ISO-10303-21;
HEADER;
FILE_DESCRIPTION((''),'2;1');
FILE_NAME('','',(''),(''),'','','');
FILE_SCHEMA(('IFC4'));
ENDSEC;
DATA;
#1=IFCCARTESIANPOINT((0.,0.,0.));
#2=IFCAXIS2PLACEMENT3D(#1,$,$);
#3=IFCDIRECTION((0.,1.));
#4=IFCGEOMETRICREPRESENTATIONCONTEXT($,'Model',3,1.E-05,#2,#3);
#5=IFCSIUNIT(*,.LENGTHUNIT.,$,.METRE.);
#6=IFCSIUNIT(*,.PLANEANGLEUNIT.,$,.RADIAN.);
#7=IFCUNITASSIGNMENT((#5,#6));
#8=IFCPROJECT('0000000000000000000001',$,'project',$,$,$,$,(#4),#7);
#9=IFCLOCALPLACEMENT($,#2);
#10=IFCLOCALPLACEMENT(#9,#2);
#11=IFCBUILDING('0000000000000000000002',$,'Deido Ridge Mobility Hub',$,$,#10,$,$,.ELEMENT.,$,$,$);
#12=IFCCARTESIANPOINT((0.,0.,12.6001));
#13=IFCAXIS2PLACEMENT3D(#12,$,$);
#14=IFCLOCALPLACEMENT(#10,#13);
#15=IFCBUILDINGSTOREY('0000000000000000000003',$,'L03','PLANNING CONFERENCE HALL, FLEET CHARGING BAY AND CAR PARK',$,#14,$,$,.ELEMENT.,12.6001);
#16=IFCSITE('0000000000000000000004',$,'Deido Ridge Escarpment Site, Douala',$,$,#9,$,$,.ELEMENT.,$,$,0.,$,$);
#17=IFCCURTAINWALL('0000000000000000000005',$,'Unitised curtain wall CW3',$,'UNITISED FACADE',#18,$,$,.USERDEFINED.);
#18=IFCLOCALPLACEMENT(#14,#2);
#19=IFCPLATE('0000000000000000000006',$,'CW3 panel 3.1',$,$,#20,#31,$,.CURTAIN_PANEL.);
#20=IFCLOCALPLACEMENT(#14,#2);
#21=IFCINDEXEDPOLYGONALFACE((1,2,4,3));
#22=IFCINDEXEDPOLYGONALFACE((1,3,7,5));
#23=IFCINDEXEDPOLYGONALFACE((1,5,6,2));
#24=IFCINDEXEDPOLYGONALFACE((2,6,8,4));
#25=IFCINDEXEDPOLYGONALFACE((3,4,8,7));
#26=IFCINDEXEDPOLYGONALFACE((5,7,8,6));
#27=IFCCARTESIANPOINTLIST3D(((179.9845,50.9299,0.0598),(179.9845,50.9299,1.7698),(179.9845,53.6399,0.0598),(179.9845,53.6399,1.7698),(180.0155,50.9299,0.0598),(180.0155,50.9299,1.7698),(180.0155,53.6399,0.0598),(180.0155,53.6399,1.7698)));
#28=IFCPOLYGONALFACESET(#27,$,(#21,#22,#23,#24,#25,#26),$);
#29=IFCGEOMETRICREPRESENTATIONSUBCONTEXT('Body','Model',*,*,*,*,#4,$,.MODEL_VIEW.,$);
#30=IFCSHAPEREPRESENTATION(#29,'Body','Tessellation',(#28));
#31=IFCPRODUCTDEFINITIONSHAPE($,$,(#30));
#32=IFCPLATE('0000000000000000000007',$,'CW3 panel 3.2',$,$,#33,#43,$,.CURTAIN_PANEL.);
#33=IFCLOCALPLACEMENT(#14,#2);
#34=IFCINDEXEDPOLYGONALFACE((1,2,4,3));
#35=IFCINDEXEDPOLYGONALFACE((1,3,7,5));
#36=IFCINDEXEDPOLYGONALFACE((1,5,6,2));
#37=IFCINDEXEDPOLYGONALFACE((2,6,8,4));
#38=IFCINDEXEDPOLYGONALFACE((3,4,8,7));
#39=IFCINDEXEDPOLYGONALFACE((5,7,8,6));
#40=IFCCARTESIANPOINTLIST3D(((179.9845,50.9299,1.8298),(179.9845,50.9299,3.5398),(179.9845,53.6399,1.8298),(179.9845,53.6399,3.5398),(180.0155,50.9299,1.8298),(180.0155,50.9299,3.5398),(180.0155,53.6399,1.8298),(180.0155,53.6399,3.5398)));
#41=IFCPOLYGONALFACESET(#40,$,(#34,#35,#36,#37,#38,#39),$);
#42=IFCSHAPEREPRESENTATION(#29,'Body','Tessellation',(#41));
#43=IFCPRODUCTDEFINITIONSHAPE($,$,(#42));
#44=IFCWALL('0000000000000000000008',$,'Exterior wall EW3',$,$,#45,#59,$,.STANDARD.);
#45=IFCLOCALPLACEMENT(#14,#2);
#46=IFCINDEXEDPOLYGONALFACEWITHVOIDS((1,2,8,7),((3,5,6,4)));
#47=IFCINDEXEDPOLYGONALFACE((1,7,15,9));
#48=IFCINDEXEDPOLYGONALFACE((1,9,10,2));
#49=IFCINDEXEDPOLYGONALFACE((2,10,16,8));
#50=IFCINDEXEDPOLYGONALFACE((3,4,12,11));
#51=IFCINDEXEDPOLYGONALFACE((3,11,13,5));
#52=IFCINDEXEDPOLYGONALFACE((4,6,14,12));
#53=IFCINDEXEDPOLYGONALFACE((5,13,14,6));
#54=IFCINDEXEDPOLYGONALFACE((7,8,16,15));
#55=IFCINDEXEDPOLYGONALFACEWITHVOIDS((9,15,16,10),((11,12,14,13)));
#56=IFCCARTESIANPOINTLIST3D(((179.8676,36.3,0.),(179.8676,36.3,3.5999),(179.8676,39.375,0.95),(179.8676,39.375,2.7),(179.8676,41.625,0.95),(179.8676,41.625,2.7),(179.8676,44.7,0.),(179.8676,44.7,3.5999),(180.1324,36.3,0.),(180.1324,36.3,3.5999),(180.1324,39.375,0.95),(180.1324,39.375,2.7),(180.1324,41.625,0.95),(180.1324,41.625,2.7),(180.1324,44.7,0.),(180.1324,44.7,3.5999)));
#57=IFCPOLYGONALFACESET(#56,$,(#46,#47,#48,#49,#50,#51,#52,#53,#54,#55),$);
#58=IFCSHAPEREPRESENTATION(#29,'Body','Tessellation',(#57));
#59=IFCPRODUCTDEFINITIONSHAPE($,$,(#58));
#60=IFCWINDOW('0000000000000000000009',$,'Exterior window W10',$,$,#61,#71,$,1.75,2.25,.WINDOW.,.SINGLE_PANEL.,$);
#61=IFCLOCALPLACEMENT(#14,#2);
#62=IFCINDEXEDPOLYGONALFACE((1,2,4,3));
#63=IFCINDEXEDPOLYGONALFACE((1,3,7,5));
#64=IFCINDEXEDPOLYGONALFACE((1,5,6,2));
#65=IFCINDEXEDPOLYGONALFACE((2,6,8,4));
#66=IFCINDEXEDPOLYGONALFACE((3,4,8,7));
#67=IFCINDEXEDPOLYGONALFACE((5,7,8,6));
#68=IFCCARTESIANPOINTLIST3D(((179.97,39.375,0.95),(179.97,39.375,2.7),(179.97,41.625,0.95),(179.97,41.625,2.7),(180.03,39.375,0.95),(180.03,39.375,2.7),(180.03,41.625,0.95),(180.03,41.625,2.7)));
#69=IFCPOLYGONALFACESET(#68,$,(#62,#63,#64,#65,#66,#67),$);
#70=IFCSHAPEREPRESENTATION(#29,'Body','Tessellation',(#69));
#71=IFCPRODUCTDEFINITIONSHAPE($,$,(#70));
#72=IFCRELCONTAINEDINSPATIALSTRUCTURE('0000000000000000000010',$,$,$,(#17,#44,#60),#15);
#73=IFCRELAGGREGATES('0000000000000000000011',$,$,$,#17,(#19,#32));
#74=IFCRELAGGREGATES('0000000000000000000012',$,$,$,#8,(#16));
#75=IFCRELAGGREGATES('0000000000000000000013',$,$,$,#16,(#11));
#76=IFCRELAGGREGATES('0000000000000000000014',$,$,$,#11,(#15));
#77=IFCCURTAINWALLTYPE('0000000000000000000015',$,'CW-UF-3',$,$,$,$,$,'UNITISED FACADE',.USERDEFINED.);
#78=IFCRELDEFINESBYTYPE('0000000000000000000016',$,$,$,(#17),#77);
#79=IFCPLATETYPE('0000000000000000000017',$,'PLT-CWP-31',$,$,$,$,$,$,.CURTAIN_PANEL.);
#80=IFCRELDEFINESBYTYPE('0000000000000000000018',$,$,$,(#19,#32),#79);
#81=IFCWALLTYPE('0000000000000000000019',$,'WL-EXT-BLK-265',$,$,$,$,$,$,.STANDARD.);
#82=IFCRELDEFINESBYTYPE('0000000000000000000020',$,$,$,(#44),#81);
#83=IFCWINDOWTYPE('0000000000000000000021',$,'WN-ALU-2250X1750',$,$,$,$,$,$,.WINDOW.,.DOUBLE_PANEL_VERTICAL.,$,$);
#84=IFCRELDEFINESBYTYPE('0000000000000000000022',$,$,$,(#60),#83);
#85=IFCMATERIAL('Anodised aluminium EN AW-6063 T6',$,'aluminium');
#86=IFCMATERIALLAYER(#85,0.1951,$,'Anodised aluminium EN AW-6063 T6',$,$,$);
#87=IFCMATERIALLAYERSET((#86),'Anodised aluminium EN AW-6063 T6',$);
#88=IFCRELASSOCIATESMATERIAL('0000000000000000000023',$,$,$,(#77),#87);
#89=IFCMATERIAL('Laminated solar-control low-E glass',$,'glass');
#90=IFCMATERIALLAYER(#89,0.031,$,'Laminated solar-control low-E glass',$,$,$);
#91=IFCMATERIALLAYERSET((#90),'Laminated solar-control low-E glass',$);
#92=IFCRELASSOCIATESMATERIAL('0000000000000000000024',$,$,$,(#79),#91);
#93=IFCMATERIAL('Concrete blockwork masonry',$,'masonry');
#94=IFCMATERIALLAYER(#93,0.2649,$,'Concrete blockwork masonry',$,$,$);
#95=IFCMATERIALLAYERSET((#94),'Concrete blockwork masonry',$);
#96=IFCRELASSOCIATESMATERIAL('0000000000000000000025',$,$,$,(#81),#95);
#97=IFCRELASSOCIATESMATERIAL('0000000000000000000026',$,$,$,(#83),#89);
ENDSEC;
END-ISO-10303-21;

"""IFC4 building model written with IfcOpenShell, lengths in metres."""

from ifc_helpers import new_model, si_unit, direction, frame, frame_2d, origin, origin_2d, place, context, subcontext, project, spatial, rectangle, extrude, material, layer, layer_set, type_object, element, fill, aggregate, save


model = new_model("IFC4")

# Units and contexts
model_context = context("Model", 3, precision=1e-05, world=origin(), true_north=direction((0.0, 1.0)))
body_context = subcontext(model_context, "Body", "Model", "MODEL_VIEW")
ifc_project = project(units=[si_unit("LENGTHUNIT", "METRE"), si_unit("PLANEANGLEUNIT", "RADIAN")], contexts=[model_context])

# Site, building, storey
site_placement = place(None, origin())
site = spatial("IfcSite", under=ifc_project, at=site_placement, Name="Deido Ridge Escarpment Site, Douala", CompositionType="ELEMENT", RefElevation=0.0)
building_placement = place(site_placement, origin())
building = spatial("IfcBuilding", under=site, at=building_placement, Name="Deido Ridge Mobility Hub", CompositionType="ELEMENT")
storey_placement = place(building_placement, frame((0.0, 0.0, 12.6001)))
storey = spatial("IfcBuildingStorey", under=building, at=storey_placement, Name="L03", Description="PLANNING CONFERENCE HALL, FLEET CHARGING BAY AND CAR PARK", CompositionType="ELEMENT", Elevation=12.6001)

# Curtain wall
ifc_material_1 = material(Name="Anodised aluminium EN AW-6063 T6", Category="aluminium")
ifc_layer_1 = layer(ifc_material_1, 0.1951, Name="Anodised aluminium EN AW-6063 T6")
ifc_layer_set_1 = layer_set([ifc_layer_1], Name="Anodised aluminium EN AW-6063 T6")
curtain_wall_type = type_object("IfcCurtainWallType", Name="CW-UF-3", ElementType="UNITISED FACADE", PredefinedType="USERDEFINED", material=ifc_layer_set_1)
curtain_wall_placement = place(storey_placement, origin())
curtain_wall = element("IfcCurtainWall", 1, at=curtain_wall_placement, inside=storey, type_object=curtain_wall_type, Name="Unitised curtain wall CW3", ObjectType="UNITISED FACADE", PredefinedType="USERDEFINED")

# Plates
ifc_material_2 = material(Name="Laminated solar-control low-E glass", Category="glass")
ifc_layer_2 = layer(ifc_material_2, 0.031, Name="Laminated solar-control low-E glass")
ifc_layer_set_2 = layer_set([ifc_layer_2], Name="Laminated solar-control low-E glass")
plate_type = type_object("IfcPlateType", Name="PLT-CWP-31", PredefinedType="CURTAIN_PANEL", material=ifc_layer_set_2)
plate_1_placement = place(storey_placement, frame((180.0, 52.2849, 0.0598), z_axis=(0.0, 0.0, 1.0), x_axis=(0.0, 1.0, 0.0)))
plate_1 = element("IfcPlate", 2, at=plate_1_placement, type_object=plate_type, Name="CW3 panel 3.1", PredefinedType="CURTAIN_PANEL", context=body_context, shape_type="SweptSolid", body=[
    extrude(rectangle(XDim=2.71, YDim=0.031, at=origin_2d()), origin(), (0.0, 0.0, 1.0), 1.71),
])
plate_2_placement = place(storey_placement, frame((180.0, 52.2849, 1.8298), z_axis=(0.0, 0.0, 1.0), x_axis=(0.0, 1.0, 0.0)))
plate_2 = element("IfcPlate", 3, at=plate_2_placement, type_object=plate_type, Name="CW3 panel 3.2", PredefinedType="CURTAIN_PANEL", context=body_context, shape_type="SweptSolid", body=[
    extrude(rectangle(XDim=2.71, YDim=0.031, at=origin_2d()), origin(), (0.0, 0.0, 1.0), 1.71),
])
aggregate(curtain_wall, [plate_1, plate_2])

# Wall, opening, window
ifc_material_3 = material(Name="Concrete blockwork masonry", Category="masonry")
ifc_layer_3 = layer(ifc_material_3, 0.2649, Name="Concrete blockwork masonry")
ifc_layer_set_3 = layer_set([ifc_layer_3], Name="Concrete blockwork masonry")
wall_type = type_object("IfcWallType", Name="WL-EXT-BLK-265", PredefinedType="STANDARD", material=ifc_layer_set_3)
wall_placement = place(storey_placement, frame((180.0, 36.3, 0.0), z_axis=(0.0, 0.0, 1.0), x_axis=(0.0, 1.0, 0.0)))
wall = element("IfcWall", 4, at=wall_placement, inside=storey, type_object=wall_type, Name="Exterior wall EW3", PredefinedType="STANDARD", context=body_context, shape_type="SweptSolid", body=[
    extrude(rectangle(XDim=8.3999, YDim=0.2649, at=frame_2d((4.2, 0.0))), origin(), (0.0, 0.0, 1.0), 3.5999),
])
opening_placement = place(wall_placement, frame((3.075, 0.0, 0.95)))
opening = element("IfcOpeningElement", 5, at=opening_placement, cuts=wall, PredefinedType="OPENING", context=body_context, shape_type="SweptSolid", body=[
    extrude(rectangle(XDim=2.25, YDim=1.75, at=frame_2d((1.125, 0.875))), frame((0.0, 0.1426, 0.0), z_axis=(0.0, -1.0, 0.0), x_axis=(1.0, 0.0, 0.0)), (0.0, 0.0, 1.0), 0.2849),
])
window_type = type_object("IfcWindowType", Name="WN-ALU-2250X1750", PartitioningType="DOUBLE_PANEL_VERTICAL", PredefinedType="WINDOW", material=ifc_material_2)
window_placement = place(opening_placement, origin())
window = element("IfcWindow", 6, at=window_placement, inside=storey, type_object=window_type, Name="Exterior window W10", OverallHeight=1.75, OverallWidth=2.25, PartitioningType="SINGLE_PANEL", PredefinedType="WINDOW", context=body_context, shape_type="SweptSolid", body=[
    extrude(rectangle(XDim=2.25, YDim=1.75, at=frame_2d((1.125, 0.875))), frame((0.0, 0.03, 0.0), z_axis=(0.0, -1.0, 0.0), x_axis=(1.0, 0.0, 0.0)), (0.0, 0.0, 1.0), 0.0601),
])
fill(opening, window)

save(model, "model.ifc")
